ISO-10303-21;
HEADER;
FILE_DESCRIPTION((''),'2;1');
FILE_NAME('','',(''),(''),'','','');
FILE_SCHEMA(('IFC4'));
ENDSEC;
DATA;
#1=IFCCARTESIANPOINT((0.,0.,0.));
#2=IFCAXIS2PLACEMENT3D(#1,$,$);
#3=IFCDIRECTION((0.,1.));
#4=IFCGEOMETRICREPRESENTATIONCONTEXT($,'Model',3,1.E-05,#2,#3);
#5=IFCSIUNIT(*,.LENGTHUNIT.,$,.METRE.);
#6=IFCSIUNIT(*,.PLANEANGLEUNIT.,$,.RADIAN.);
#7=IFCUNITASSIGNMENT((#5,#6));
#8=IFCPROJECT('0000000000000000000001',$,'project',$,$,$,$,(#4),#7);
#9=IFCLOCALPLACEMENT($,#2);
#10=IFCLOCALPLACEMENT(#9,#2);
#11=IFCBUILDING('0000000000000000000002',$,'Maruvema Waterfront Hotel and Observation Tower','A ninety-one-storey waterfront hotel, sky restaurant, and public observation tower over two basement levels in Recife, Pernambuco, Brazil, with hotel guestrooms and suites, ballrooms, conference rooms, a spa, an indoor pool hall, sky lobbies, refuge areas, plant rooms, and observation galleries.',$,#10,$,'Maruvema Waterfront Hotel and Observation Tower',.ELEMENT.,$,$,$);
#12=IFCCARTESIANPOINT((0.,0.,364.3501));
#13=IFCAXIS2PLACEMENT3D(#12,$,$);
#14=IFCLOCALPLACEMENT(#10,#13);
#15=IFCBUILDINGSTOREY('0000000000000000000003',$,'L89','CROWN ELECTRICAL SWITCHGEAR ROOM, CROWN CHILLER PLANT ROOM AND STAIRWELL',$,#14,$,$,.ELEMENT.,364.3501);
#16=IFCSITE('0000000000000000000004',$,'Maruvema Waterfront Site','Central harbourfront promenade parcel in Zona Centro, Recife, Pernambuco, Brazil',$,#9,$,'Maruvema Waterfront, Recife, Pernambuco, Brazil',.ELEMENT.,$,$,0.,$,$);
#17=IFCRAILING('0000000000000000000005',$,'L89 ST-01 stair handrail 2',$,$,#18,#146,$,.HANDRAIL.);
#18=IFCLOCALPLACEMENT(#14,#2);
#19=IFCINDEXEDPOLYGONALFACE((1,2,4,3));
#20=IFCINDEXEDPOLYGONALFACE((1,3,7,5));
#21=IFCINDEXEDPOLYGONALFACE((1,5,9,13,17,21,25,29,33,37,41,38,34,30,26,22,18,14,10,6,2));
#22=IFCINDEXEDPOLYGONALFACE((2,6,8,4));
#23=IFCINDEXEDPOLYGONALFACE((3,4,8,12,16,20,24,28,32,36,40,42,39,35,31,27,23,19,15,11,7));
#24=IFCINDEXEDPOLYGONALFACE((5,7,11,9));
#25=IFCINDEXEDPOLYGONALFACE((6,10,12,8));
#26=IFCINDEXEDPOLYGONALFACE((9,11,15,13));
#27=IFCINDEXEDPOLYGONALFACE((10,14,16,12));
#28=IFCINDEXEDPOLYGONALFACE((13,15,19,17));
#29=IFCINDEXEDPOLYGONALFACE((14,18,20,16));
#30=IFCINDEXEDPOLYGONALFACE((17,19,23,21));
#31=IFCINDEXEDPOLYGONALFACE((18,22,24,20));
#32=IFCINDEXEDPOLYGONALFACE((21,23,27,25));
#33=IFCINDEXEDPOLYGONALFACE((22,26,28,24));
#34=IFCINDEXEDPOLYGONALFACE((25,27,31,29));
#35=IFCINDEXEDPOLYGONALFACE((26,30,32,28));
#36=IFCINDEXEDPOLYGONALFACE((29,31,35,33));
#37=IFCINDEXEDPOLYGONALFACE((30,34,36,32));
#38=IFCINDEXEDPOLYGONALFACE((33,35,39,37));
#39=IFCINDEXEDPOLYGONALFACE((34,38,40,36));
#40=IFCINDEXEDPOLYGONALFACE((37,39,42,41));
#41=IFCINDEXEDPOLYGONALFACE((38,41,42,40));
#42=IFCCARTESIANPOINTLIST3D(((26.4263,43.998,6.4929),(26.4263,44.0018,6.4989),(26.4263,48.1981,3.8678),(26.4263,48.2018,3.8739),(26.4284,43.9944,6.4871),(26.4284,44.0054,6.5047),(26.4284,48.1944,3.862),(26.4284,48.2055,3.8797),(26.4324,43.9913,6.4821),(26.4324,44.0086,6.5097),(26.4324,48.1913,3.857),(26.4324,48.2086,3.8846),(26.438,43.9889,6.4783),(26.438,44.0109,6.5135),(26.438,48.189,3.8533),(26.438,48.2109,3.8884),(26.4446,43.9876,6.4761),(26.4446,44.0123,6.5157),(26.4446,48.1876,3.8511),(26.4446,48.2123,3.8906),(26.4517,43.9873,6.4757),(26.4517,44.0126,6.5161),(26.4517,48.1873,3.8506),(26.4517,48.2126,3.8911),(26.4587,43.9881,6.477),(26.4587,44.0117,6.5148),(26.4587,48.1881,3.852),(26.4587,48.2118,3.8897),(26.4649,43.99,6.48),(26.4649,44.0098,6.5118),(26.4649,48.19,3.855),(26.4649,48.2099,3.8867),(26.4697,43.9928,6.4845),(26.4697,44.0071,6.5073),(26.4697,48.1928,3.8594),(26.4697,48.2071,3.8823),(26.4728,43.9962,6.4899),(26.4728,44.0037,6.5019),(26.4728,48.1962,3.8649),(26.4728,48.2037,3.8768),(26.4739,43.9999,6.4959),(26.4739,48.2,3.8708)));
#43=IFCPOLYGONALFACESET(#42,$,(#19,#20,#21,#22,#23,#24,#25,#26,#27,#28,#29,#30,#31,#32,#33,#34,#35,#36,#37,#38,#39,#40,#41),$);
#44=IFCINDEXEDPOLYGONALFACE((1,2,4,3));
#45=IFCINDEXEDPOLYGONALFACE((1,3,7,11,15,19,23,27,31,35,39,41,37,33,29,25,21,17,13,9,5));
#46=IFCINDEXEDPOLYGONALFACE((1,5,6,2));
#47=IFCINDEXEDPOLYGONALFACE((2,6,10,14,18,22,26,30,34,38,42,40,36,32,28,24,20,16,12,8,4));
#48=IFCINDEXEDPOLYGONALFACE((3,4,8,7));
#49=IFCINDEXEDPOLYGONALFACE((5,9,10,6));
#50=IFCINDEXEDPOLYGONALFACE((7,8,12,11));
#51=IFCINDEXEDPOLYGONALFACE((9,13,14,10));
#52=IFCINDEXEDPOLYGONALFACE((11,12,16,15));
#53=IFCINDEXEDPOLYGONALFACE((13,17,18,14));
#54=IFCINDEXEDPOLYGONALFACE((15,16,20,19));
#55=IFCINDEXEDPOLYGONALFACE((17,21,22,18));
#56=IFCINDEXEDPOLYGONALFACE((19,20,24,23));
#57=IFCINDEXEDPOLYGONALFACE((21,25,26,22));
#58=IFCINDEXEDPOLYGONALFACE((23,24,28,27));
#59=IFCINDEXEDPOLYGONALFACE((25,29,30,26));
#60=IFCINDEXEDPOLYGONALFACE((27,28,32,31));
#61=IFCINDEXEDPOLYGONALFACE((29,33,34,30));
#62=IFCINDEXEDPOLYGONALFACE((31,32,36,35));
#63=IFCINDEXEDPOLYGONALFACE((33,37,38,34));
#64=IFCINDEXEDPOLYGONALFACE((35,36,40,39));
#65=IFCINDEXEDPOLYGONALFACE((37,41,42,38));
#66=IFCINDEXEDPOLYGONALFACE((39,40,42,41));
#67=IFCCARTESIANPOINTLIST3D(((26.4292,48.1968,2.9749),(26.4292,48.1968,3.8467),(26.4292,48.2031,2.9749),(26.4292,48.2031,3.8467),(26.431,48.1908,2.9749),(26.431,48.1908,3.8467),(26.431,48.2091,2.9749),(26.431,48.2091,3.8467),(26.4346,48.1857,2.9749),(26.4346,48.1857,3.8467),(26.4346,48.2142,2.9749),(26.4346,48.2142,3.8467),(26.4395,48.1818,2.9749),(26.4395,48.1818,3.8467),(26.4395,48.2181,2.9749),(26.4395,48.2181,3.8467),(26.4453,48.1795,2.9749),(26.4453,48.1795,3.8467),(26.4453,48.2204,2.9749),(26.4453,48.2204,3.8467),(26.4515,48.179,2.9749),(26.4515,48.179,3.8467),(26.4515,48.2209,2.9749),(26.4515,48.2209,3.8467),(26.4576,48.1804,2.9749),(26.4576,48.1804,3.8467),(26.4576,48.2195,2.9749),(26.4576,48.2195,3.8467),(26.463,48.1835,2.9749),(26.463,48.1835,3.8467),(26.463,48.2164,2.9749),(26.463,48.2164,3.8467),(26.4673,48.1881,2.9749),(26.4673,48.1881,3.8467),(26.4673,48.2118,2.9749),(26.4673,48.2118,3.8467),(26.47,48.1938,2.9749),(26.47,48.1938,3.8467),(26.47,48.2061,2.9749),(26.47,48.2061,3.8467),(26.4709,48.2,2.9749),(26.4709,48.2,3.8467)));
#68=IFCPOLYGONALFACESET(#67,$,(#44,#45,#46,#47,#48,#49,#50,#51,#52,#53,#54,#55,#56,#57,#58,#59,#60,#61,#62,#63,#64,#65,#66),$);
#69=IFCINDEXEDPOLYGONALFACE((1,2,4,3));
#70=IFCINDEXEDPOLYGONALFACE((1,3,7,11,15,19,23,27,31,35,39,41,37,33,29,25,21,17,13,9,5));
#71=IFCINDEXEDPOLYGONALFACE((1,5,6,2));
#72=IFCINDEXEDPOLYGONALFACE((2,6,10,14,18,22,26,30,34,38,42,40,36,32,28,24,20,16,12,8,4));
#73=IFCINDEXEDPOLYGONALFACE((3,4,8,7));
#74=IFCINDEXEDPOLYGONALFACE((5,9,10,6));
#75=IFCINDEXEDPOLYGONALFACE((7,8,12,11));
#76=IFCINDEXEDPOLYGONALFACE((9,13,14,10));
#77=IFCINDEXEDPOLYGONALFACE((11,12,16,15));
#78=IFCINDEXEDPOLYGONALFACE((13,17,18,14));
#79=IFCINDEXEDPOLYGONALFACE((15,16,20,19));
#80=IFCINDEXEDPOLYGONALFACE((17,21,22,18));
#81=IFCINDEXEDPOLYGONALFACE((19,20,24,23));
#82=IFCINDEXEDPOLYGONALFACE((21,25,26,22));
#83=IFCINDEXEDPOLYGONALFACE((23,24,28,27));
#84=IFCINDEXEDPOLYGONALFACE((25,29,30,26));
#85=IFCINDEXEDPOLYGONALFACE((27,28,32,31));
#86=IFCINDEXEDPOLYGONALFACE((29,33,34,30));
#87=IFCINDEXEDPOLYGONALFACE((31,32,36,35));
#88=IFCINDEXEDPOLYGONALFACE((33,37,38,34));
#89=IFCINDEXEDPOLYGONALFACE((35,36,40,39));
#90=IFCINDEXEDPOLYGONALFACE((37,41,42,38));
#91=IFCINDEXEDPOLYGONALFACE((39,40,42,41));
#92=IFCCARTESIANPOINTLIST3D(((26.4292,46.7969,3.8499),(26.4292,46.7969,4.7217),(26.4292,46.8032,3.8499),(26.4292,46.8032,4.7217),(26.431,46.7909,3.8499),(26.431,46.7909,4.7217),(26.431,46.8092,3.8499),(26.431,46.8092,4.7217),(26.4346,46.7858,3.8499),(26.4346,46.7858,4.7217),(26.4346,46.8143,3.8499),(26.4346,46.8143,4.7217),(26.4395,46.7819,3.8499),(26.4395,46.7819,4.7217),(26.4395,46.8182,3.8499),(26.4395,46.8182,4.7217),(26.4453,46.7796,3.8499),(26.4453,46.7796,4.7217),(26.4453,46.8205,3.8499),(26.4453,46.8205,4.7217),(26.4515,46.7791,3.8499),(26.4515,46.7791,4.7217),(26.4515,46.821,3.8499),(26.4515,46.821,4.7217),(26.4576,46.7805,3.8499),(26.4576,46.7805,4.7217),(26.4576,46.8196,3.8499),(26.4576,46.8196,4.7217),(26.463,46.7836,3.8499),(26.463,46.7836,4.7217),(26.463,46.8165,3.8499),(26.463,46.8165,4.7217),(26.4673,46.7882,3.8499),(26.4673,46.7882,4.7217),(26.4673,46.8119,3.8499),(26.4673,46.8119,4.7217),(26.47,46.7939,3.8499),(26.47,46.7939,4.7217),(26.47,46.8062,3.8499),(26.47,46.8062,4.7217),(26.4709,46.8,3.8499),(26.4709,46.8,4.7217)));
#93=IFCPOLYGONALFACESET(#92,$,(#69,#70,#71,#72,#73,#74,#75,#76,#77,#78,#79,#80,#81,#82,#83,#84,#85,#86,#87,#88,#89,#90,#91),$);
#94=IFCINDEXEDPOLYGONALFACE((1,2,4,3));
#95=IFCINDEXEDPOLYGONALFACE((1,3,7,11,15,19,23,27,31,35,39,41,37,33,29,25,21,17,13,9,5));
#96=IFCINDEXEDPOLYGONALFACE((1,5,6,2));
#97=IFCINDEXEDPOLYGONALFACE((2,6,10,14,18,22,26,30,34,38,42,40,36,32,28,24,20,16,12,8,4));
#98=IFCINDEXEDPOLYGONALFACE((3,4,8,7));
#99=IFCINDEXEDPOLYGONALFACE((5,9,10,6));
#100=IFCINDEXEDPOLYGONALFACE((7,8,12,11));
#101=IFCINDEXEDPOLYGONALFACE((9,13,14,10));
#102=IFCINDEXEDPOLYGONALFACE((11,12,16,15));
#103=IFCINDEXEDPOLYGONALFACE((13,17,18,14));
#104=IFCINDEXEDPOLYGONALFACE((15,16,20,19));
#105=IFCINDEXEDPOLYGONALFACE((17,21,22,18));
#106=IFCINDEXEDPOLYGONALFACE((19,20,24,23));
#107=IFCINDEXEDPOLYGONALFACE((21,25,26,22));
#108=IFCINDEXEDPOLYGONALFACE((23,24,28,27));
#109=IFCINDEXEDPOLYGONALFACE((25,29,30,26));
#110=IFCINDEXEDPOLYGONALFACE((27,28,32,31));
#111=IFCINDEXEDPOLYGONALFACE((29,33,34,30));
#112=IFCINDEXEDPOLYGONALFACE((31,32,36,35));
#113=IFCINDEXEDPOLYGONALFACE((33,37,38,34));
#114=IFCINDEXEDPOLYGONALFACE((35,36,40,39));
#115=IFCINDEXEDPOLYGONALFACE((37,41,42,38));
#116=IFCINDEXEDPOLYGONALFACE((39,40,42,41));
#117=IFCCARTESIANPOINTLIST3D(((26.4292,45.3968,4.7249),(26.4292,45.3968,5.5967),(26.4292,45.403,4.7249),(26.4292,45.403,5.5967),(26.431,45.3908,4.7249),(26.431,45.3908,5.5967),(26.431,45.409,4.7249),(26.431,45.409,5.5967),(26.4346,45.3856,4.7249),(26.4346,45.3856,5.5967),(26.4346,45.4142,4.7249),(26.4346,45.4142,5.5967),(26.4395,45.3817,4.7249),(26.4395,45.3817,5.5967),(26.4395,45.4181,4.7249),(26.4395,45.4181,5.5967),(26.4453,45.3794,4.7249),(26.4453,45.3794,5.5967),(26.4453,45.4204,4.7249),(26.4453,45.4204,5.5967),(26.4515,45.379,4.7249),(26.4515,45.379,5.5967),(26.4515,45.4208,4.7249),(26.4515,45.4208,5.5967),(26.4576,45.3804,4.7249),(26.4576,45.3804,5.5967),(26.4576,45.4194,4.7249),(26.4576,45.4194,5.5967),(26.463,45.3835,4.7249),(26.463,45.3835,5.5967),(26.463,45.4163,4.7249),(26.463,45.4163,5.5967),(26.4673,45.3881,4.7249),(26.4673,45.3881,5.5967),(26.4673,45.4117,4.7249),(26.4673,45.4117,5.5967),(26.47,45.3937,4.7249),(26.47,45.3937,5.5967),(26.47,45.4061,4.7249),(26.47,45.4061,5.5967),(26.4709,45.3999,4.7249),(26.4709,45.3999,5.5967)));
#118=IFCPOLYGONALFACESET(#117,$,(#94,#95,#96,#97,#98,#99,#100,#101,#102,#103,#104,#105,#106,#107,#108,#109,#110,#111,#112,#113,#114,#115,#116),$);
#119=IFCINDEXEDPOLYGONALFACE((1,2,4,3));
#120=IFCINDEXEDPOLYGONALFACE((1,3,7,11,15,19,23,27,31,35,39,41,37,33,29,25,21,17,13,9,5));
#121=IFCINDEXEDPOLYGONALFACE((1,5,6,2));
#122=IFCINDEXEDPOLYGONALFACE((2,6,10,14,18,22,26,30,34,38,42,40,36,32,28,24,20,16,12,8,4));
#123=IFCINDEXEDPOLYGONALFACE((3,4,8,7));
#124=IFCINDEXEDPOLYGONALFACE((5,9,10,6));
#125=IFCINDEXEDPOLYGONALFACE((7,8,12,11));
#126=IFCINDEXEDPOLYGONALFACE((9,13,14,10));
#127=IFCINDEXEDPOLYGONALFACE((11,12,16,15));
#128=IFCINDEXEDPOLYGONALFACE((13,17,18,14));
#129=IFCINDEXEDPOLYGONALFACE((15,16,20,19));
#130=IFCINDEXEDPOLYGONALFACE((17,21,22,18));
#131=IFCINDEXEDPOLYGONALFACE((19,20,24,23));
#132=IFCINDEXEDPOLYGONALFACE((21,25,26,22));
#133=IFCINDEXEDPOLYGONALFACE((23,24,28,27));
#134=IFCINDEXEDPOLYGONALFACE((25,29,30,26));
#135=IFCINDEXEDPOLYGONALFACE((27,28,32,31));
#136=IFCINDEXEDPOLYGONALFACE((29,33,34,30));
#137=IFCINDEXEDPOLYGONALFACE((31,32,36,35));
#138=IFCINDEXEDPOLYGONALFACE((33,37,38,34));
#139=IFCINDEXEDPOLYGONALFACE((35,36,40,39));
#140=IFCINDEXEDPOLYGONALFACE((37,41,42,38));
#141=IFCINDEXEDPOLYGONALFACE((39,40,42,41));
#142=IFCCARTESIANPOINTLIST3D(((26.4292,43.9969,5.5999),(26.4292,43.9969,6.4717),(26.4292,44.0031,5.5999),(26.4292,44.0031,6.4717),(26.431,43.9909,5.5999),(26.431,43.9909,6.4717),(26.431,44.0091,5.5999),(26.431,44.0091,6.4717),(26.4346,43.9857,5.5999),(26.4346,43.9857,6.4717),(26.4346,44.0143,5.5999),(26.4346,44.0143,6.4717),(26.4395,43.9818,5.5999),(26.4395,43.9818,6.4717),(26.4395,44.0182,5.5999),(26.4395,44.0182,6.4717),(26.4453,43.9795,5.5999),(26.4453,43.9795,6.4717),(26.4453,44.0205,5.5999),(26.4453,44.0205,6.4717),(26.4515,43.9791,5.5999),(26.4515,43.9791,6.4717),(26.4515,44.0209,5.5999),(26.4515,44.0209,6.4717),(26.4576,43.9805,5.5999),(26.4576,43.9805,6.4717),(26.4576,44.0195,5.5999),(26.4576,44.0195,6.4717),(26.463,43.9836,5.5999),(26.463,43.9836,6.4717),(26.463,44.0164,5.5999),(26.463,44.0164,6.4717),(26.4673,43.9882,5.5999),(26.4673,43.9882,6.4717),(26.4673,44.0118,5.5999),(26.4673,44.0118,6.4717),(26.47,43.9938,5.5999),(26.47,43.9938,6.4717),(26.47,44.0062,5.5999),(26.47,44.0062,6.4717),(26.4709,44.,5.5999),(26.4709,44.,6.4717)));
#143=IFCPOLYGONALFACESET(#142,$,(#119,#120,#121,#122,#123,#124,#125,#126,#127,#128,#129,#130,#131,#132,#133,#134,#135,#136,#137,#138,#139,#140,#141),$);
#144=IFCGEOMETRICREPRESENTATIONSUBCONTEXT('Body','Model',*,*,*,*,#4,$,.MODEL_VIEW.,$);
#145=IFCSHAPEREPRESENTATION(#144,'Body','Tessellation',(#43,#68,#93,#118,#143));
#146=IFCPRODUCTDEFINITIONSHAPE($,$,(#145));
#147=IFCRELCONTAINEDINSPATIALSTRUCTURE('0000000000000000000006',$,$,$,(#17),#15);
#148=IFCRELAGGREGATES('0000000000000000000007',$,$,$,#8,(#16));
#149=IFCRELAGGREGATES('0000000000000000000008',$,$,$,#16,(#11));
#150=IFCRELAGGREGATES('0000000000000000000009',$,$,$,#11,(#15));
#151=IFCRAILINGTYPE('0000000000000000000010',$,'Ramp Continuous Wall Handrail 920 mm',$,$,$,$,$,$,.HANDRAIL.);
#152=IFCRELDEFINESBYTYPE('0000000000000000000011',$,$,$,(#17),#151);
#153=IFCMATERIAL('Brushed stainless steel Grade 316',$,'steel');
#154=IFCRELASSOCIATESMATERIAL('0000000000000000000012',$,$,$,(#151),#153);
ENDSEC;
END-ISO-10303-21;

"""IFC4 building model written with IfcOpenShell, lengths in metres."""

from ifc_helpers import new_model, si_unit, direction, frame, origin, origin_2d, place, context, subcontext, project, spatial, circle, extrude, material, type_object, element, save


model = new_model("IFC4")

# Units and contexts
model_context = context("Model", 3, precision=1e-05, world=origin(), true_north=direction((0.0, 1.0)))
body_context = subcontext(model_context, "Body", "Model", "MODEL_VIEW")
ifc_project = project(units=[si_unit("LENGTHUNIT", "METRE"), si_unit("PLANEANGLEUNIT", "RADIAN")], contexts=[model_context])

# Site, building, storey
site_placement = place(None, origin())
site = spatial("IfcSite", under=ifc_project, at=site_placement, Name="Maruvema Waterfront Site", Description="Central harbourfront promenade parcel in Zona Centro, Recife, Pernambuco, Brazil", LongName="Maruvema Waterfront, Recife, Pernambuco, Brazil", CompositionType="ELEMENT", RefElevation=0.0)
building_placement = place(site_placement, origin())
building = spatial("IfcBuilding", under=site, at=building_placement, Name="Maruvema Waterfront Hotel and Observation Tower", Description="A ninety-one-storey waterfront hotel, sky restaurant, and public observation tower over two basement levels in Recife, Pernambuco, Brazil, with hotel guestrooms and suites, ballrooms, conference rooms, a spa, an indoor pool hall, sky lobbies, refuge areas, plant rooms, and observation galleries.", LongName="Maruvema Waterfront Hotel and Observation Tower", CompositionType="ELEMENT")
storey_placement = place(building_placement, frame((0.0, 0.0, 364.3501)))
storey = spatial("IfcBuildingStorey", under=building, at=storey_placement, Name="L89", Description="CROWN ELECTRICAL SWITCHGEAR ROOM, CROWN CHILLER PLANT ROOM AND STAIRWELL", CompositionType="ELEMENT", Elevation=364.3501)

# Railing
ifc_material_1 = material(Name="Brushed stainless steel Grade 316", Category="steel")
railing_type_1 = type_object("IfcRailingType", Name="Ramp Continuous Wall Handrail 920 mm", PredefinedType="HANDRAIL", material=ifc_material_1)
railing_1_placement = place(storey_placement, frame((26.45, 48.2, 2.9749)))
element("IfcRailing", 1, at=railing_1_placement, inside=storey, type_object=railing_type_1, Name="L89 ST-01 stair handrail 2", PredefinedType="HANDRAIL", context=body_context, shape_type="SweptSolid", body=[
    extrude(circle(Radius=0.0239, at=origin_2d()), frame((0.0, 0.0, 0.896), z_axis=(0.0, -0.847996, 0.530003), x_axis=(1.0, 0.0, 0.0)), (0.0, 0.0, 1.0), 4.9529),
    extrude(circle(Radius=0.021, at=origin_2d()), origin(), (0.0, 0.0, 1.0), 0.8718),
    extrude(circle(Radius=0.021, at=origin_2d()), frame((0.0, -1.3999, 0.875)), (0.0, 0.0, 1.0), 0.8718),
    extrude(circle(Radius=0.021, at=origin_2d()), frame((0.0, -2.8, 1.75)), (0.0, 0.0, 1.0), 0.8718),
    extrude(circle(Radius=0.021, at=origin_2d()), frame((0.0, -4.2, 2.625)), (0.0, 0.0, 1.0), 0.8718),
])

save(model, "model.ifc")
